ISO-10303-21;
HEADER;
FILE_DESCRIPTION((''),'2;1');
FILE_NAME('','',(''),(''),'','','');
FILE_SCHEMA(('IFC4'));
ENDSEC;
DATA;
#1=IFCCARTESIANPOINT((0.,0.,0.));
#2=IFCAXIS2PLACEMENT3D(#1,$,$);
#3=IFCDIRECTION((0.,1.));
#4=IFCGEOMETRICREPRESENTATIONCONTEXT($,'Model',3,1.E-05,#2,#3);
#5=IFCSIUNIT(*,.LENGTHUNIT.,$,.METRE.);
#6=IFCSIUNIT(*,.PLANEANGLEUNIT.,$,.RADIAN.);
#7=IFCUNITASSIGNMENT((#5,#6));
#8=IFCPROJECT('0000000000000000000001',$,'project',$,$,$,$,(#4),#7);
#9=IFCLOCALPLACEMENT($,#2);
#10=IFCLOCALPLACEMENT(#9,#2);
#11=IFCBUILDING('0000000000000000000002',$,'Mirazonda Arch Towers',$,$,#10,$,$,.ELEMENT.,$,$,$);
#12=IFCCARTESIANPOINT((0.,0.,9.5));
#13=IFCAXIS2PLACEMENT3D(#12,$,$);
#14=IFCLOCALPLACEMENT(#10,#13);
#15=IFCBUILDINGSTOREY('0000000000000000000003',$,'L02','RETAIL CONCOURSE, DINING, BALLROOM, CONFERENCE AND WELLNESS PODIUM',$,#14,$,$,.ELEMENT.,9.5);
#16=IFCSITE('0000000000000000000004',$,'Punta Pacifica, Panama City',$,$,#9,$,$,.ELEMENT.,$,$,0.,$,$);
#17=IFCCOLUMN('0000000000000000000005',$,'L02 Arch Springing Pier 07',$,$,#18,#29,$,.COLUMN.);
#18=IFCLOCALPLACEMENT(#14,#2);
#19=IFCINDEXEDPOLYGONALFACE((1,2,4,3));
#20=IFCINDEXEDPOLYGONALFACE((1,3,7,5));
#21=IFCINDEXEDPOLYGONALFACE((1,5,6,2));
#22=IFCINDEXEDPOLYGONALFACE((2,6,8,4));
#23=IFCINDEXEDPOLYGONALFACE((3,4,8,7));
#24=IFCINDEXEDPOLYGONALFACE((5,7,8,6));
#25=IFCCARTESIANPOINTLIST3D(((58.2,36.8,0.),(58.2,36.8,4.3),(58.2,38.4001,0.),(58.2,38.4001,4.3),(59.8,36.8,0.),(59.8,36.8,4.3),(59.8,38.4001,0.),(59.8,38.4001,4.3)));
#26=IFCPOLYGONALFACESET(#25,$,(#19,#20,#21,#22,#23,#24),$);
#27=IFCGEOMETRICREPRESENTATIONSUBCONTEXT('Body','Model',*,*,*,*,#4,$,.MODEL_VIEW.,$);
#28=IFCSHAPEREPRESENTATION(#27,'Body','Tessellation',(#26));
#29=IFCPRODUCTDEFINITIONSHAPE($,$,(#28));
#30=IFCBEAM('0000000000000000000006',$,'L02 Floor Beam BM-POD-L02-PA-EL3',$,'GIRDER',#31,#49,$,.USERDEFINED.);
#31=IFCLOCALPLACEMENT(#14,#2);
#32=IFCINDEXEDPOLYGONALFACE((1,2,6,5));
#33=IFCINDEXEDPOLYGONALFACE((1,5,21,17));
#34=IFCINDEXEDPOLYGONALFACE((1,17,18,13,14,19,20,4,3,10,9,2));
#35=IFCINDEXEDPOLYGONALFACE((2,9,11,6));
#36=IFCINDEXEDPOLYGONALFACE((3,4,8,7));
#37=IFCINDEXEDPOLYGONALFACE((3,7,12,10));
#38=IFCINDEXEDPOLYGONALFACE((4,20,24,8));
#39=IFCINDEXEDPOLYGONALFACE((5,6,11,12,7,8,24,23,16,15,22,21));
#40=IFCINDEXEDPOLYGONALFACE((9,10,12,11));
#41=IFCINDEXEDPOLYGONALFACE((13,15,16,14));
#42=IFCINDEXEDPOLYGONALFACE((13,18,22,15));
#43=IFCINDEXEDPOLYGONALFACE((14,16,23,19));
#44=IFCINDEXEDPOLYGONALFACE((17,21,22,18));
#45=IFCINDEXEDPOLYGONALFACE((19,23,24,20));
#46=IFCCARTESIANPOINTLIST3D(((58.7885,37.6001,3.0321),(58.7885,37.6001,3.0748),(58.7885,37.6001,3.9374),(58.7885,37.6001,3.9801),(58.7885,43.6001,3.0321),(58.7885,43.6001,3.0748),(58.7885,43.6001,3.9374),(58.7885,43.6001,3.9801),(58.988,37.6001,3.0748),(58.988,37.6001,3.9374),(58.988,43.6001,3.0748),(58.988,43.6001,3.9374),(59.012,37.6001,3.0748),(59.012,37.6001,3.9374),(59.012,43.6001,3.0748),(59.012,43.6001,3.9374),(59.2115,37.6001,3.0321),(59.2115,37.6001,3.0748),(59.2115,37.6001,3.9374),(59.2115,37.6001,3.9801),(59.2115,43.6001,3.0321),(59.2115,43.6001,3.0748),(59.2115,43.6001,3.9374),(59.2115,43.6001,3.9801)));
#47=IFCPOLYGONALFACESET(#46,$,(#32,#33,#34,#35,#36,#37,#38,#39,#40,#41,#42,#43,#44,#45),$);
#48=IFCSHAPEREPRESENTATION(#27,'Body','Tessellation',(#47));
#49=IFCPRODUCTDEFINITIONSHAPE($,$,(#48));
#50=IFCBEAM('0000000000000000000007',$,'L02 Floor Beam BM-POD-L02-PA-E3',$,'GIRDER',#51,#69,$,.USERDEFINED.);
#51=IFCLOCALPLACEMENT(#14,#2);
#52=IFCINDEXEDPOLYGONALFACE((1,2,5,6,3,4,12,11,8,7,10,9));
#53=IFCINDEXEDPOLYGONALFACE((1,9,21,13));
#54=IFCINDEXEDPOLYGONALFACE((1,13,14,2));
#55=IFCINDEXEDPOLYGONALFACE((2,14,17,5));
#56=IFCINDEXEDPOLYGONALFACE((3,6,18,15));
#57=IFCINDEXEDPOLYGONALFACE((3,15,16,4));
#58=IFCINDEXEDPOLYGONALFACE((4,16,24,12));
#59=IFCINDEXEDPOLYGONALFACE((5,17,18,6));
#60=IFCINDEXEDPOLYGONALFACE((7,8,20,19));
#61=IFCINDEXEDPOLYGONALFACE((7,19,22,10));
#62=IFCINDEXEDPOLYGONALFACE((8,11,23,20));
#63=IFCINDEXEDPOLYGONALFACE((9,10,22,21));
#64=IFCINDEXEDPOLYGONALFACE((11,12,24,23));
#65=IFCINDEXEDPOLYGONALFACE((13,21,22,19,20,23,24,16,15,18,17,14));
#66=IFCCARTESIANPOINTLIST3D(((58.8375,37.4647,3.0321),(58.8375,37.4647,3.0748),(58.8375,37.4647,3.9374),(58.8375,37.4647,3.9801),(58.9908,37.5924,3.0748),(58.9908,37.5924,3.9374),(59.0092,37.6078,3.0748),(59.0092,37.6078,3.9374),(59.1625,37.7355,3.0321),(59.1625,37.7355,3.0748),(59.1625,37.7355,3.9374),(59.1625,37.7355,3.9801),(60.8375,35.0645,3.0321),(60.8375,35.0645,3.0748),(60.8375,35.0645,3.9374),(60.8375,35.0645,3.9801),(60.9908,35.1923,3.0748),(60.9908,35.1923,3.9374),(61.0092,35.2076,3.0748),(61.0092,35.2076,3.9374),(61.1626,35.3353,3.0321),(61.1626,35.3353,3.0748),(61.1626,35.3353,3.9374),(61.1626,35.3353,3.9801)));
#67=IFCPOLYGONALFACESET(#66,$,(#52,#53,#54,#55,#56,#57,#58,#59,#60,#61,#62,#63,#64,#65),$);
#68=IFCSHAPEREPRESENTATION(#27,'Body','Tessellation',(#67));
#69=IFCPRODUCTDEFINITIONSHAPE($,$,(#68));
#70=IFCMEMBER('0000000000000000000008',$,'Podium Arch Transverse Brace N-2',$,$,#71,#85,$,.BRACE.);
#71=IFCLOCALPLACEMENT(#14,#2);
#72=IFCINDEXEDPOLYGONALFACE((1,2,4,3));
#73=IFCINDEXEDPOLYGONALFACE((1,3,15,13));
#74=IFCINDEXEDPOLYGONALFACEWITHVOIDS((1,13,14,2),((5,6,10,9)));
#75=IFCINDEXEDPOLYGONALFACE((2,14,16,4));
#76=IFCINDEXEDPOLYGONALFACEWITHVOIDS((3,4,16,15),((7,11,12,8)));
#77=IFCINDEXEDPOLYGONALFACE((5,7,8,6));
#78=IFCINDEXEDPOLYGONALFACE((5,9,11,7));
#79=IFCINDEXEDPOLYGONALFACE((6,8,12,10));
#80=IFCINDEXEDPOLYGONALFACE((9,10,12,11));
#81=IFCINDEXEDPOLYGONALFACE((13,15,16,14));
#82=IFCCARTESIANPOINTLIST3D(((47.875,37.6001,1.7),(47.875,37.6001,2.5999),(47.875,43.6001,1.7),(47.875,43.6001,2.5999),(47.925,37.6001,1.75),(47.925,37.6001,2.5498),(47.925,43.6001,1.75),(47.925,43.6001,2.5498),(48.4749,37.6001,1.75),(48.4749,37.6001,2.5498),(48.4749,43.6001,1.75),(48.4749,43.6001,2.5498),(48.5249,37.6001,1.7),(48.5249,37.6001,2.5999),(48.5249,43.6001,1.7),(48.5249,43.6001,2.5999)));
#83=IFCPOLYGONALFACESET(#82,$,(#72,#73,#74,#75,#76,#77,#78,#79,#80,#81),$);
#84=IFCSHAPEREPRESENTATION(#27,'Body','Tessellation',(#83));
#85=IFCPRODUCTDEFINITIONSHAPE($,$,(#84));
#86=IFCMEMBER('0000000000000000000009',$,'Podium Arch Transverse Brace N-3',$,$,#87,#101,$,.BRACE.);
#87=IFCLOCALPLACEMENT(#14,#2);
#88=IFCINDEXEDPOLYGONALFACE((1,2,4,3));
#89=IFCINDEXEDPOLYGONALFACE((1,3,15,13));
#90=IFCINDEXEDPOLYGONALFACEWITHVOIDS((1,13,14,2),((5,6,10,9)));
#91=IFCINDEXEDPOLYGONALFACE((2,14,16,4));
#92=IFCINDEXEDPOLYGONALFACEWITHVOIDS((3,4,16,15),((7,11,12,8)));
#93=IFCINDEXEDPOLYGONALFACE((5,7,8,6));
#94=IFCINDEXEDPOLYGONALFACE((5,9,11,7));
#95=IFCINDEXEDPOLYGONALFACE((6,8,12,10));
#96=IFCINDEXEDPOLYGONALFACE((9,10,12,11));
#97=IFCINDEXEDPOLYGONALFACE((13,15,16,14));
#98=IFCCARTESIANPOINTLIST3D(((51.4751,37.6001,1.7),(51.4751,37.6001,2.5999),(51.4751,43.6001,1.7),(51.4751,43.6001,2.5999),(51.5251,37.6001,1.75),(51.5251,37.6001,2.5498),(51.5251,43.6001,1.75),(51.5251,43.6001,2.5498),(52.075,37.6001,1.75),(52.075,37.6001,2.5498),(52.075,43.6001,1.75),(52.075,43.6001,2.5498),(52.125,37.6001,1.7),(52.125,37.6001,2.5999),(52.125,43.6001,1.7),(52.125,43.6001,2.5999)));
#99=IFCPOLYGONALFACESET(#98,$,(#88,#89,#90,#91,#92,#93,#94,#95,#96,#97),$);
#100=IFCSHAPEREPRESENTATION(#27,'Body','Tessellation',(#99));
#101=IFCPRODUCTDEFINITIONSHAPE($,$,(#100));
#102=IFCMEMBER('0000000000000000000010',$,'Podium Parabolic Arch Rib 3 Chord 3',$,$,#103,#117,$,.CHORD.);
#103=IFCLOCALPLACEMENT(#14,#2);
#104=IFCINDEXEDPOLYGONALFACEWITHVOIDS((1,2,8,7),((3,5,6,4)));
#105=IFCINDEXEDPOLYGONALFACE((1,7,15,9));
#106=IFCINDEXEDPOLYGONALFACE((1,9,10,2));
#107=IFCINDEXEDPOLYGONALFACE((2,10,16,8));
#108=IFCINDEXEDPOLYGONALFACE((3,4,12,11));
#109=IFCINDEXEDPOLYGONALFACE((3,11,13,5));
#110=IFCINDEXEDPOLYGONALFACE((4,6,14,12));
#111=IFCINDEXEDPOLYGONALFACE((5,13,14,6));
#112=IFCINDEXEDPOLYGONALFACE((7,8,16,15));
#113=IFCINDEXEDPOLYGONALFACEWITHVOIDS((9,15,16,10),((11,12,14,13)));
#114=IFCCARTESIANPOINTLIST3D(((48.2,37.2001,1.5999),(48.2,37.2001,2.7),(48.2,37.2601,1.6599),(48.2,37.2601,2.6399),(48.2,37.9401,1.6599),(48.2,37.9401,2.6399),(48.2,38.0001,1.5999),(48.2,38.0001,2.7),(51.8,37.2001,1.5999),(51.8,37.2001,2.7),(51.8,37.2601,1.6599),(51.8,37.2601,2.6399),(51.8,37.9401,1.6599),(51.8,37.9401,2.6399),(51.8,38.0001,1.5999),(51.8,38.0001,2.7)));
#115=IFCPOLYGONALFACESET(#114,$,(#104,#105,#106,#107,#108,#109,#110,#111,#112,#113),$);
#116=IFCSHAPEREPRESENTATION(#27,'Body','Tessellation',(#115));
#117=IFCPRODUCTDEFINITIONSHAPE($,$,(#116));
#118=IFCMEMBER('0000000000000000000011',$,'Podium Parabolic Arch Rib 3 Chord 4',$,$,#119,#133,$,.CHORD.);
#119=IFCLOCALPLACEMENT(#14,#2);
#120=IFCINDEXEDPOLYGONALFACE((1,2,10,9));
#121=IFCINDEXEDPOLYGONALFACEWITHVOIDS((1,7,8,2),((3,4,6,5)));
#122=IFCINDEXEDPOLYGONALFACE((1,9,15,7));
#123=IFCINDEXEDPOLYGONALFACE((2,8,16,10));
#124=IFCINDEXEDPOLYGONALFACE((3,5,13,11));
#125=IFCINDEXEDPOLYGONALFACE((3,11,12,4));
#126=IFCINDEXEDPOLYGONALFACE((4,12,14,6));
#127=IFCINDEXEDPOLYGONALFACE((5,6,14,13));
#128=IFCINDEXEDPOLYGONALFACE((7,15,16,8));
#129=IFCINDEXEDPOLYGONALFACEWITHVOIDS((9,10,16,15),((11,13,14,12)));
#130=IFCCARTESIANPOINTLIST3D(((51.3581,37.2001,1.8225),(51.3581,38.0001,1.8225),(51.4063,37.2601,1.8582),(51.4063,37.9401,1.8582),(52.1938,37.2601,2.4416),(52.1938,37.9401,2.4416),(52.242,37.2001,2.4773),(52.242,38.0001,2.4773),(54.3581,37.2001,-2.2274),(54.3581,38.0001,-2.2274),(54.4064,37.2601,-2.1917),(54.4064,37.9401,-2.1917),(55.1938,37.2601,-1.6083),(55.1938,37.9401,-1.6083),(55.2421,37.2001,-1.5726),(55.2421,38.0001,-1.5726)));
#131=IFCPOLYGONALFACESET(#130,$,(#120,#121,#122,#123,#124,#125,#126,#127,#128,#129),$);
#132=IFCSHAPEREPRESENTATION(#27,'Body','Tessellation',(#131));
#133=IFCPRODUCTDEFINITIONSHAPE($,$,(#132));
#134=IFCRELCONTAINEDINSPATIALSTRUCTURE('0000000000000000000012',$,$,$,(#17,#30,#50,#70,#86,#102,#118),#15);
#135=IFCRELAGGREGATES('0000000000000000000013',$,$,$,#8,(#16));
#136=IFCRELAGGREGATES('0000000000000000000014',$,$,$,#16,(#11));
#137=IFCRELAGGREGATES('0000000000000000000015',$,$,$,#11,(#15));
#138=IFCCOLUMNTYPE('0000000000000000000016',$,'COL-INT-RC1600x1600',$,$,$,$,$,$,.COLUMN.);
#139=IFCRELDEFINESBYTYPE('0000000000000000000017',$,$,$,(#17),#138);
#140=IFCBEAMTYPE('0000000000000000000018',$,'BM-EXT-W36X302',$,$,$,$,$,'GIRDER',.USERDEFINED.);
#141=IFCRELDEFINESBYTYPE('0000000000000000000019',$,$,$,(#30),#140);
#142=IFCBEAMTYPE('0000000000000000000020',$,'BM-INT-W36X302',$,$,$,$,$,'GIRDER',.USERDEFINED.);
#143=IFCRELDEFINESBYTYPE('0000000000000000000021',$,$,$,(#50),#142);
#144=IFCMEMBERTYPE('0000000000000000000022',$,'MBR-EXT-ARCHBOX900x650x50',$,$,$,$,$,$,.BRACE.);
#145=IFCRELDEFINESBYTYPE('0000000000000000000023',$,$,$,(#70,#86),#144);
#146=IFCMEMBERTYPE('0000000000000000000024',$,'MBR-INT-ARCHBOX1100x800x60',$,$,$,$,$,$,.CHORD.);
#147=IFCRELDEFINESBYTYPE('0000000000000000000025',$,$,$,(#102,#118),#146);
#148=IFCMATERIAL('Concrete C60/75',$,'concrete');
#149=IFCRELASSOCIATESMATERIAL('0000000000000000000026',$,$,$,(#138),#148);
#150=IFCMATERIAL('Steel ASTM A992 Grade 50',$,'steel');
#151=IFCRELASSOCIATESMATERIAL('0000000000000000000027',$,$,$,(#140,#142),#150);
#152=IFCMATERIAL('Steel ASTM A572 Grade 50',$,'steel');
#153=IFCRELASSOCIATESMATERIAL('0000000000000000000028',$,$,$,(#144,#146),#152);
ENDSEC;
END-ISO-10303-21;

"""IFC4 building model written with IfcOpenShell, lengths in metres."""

from ifc_helpers import new_model, si_unit, direction, frame, origin, origin_2d, place, context, subcontext, project, spatial, rectangle, hollow_rectangle, i_section, extrude, material, material_profile, profile_set, type_object, element, save


model = new_model("IFC4")

# Units and contexts
model_context = context("Model", 3, precision=1e-05, world=origin(), true_north=direction((0.0, 1.0)))
body_context = subcontext(model_context, "Body", "Model", "MODEL_VIEW")
ifc_project = project(units=[si_unit("LENGTHUNIT", "METRE"), si_unit("PLANEANGLEUNIT", "RADIAN")], contexts=[model_context])

# Site, building, storey
site_placement = place(None, origin())
site = spatial("IfcSite", under=ifc_project, at=site_placement, Name="Punta Pacifica, Panama City", CompositionType="ELEMENT", RefElevation=0.0)
building_placement = place(site_placement, origin())
building = spatial("IfcBuilding", under=site, at=building_placement, Name="Mirazonda Arch Towers", CompositionType="ELEMENT")
storey_placement = place(building_placement, frame((0.0, 0.0, 9.5)))
storey = spatial("IfcBuildingStorey", under=building, at=storey_placement, Name="L02", Description="RETAIL CONCOURSE, DINING, BALLROOM, CONFERENCE AND WELLNESS PODIUM", CompositionType="ELEMENT", Elevation=9.5)

# Column
ifc_material_1 = material(Name="Concrete C60/75", Category="concrete")
ifc_material_profile_1 = material_profile(ifc_material_1, rectangle(XDim=1.6001, YDim=1.6001, at=origin_2d()), Name="RC1600x1600")
ifc_profile_set_1 = profile_set([ifc_material_profile_1], Name="Concrete C60/75")
column_type = type_object("IfcColumnType", Name="COL-INT-RC1600x1600", PredefinedType="COLUMN", material=ifc_profile_set_1)
column_placement = place(storey_placement, frame((59.0, 37.6001, 0.0), z_axis=(0.0, 0.0, 1.0), x_axis=(1.0, 0.0, 0.0)))
element("IfcColumn", 1, at=column_placement, inside=storey, type_object=column_type, Name="L02 Arch Springing Pier 07", PredefinedType="COLUMN", context=body_context, shape_type="SweptSolid", body=[
    extrude(rectangle(XDim=1.6001, YDim=1.6001, at=origin_2d()), origin(), (0.0, 0.0, 1.0), 4.3),
])

# Beams
ifc_material_2 = material(Name="Steel ASTM A992 Grade 50", Category="steel")
ifc_material_profile_2 = material_profile(ifc_material_2, i_section(OverallWidth=0.4231, OverallDepth=0.948, WebThickness=0.0239, FlangeThickness=0.0427, at=origin_2d()), Name="W36X302")
ifc_profile_set_2 = profile_set([ifc_material_profile_2], Name="Steel ASTM A992 Grade 50")
beam_type_1 = type_object("IfcBeamType", Name="BM-EXT-W36X302", ElementType="GIRDER", PredefinedType="USERDEFINED", material=ifc_profile_set_2)
beam_1_placement = place(storey_placement, frame((59.0, 37.6001, 3.5061), z_axis=(0.0, 1.0, 0.0), x_axis=(-1.0, 0.0, 0.0)))
element("IfcBeam", 2, at=beam_1_placement, inside=storey, type_object=beam_type_1, Name="L02 Floor Beam BM-POD-L02-PA-EL3", ObjectType="GIRDER", PredefinedType="USERDEFINED", context=body_context, shape_type="SweptSolid", body=[
    extrude(i_section(OverallWidth=0.4231, OverallDepth=0.948, WebThickness=0.0239, FlangeThickness=0.0427, at=origin_2d()), origin(), (0.0, 0.0, 1.0), 6.0),
])
ifc_material_profile_3 = material_profile(ifc_material_2, i_section(OverallWidth=0.4231, OverallDepth=0.948, WebThickness=0.0239, FlangeThickness=0.0427, at=origin_2d()), Name="W36X302")
ifc_profile_set_3 = profile_set([ifc_material_profile_3], Name="Steel ASTM A992 Grade 50")
beam_type_2 = type_object("IfcBeamType", Name="BM-INT-W36X302", ElementType="GIRDER", PredefinedType="USERDEFINED", material=ifc_profile_set_3)
beam_2_placement = place(storey_placement, frame((59.0, 37.6001, 3.5061), z_axis=(0.640161, -0.76824, 0.0), x_axis=(0.76824, 0.640161, 0.0)))
element("IfcBeam", 3, at=beam_2_placement, inside=storey, type_object=beam_type_2, Name="L02 Floor Beam BM-POD-L02-PA-E3", ObjectType="GIRDER", PredefinedType="USERDEFINED", context=body_context, shape_type="SweptSolid", body=[
    extrude(i_section(OverallWidth=0.4231, OverallDepth=0.948, WebThickness=0.0239, FlangeThickness=0.0427, at=origin_2d()), origin(), (0.0, 0.0, 1.0), 3.1243),
])

# Members
ifc_material_3 = material(Name="Steel ASTM A572 Grade 50", Category="steel")
ifc_material_profile_4 = material_profile(ifc_material_3, hollow_rectangle(XDim=0.6499, YDim=0.8999, WallThickness=0.05, at=origin_2d()), Name="ARCHBOX900x650x50")
ifc_profile_set_4 = profile_set([ifc_material_profile_4], Name="Steel ASTM A572 Grade 50")
member_type_1 = type_object("IfcMemberType", Name="MBR-EXT-ARCHBOX900x650x50", PredefinedType="BRACE", material=ifc_profile_set_4)
for number, where, z_axis, x_axis, name in (
    (4, (48.2, 37.6001, 2.1499), (0.0, 1.0, 0.0), (-1.0, 0.0, 0.0), "Podium Arch Transverse Brace N-2"),
    (5, (51.8, 37.6001, 2.1499), (0.0, 1.0, 0.0), (-1.0, 0.0, 0.0), "Podium Arch Transverse Brace N-3"),
):
    element("IfcMember", number, at=place(storey_placement, frame(where, z_axis=z_axis, x_axis=x_axis)), inside=storey, type_object=member_type_1, Name=name, PredefinedType="BRACE", context=body_context, shape_type="SweptSolid", body=[
        extrude(hollow_rectangle(XDim=0.6499, YDim=0.8999, WallThickness=0.05, at=origin_2d()), origin(), (0.0, 0.0, 1.0), 6.0),
    ])
ifc_material_profile_5 = material_profile(ifc_material_3, hollow_rectangle(XDim=0.8, YDim=1.1001, WallThickness=0.0601, at=origin_2d()), Name="ARCHBOX1100x800x60")
ifc_profile_set_5 = profile_set([ifc_material_profile_5], Name="Steel ASTM A572 Grade 50")
member_type_2 = type_object("IfcMemberType", Name="MBR-INT-ARCHBOX1100x800x60", PredefinedType="CHORD", material=ifc_profile_set_5)
member_1_placement = place(storey_placement, frame((48.2, 37.6001, 2.1499), z_axis=(1.0, 0.0, 0.0), x_axis=(0.0, 1.0, 0.0)))
element("IfcMember", 6, at=member_1_placement, inside=storey, type_object=member_type_2, Name="Podium Parabolic Arch Rib 3 Chord 3", PredefinedType="CHORD", context=body_context, shape_type="SweptSolid", body=[
    extrude(hollow_rectangle(XDim=0.8, YDim=1.1001, WallThickness=0.0601, at=origin_2d()), origin(), (0.0, 0.0, 1.0), 3.6001),
])
member_2_placement = place(storey_placement, frame((51.8, 37.6001, 2.1499), z_axis=(0.595246, 0.0, -0.803543), x_axis=(0.0, 1.0, 0.0)))
element("IfcMember", 7, at=member_2_placement, inside=storey, type_object=member_type_2, Name="Podium Parabolic Arch Rib 3 Chord 4", PredefinedType="CHORD", context=body_context, shape_type="SweptSolid", body=[
    extrude(hollow_rectangle(XDim=0.8, YDim=1.1001, WallThickness=0.0601, at=origin_2d()), origin(), (0.0, 0.0, 1.0), 5.04),
])

save(model, "model.ifc")
